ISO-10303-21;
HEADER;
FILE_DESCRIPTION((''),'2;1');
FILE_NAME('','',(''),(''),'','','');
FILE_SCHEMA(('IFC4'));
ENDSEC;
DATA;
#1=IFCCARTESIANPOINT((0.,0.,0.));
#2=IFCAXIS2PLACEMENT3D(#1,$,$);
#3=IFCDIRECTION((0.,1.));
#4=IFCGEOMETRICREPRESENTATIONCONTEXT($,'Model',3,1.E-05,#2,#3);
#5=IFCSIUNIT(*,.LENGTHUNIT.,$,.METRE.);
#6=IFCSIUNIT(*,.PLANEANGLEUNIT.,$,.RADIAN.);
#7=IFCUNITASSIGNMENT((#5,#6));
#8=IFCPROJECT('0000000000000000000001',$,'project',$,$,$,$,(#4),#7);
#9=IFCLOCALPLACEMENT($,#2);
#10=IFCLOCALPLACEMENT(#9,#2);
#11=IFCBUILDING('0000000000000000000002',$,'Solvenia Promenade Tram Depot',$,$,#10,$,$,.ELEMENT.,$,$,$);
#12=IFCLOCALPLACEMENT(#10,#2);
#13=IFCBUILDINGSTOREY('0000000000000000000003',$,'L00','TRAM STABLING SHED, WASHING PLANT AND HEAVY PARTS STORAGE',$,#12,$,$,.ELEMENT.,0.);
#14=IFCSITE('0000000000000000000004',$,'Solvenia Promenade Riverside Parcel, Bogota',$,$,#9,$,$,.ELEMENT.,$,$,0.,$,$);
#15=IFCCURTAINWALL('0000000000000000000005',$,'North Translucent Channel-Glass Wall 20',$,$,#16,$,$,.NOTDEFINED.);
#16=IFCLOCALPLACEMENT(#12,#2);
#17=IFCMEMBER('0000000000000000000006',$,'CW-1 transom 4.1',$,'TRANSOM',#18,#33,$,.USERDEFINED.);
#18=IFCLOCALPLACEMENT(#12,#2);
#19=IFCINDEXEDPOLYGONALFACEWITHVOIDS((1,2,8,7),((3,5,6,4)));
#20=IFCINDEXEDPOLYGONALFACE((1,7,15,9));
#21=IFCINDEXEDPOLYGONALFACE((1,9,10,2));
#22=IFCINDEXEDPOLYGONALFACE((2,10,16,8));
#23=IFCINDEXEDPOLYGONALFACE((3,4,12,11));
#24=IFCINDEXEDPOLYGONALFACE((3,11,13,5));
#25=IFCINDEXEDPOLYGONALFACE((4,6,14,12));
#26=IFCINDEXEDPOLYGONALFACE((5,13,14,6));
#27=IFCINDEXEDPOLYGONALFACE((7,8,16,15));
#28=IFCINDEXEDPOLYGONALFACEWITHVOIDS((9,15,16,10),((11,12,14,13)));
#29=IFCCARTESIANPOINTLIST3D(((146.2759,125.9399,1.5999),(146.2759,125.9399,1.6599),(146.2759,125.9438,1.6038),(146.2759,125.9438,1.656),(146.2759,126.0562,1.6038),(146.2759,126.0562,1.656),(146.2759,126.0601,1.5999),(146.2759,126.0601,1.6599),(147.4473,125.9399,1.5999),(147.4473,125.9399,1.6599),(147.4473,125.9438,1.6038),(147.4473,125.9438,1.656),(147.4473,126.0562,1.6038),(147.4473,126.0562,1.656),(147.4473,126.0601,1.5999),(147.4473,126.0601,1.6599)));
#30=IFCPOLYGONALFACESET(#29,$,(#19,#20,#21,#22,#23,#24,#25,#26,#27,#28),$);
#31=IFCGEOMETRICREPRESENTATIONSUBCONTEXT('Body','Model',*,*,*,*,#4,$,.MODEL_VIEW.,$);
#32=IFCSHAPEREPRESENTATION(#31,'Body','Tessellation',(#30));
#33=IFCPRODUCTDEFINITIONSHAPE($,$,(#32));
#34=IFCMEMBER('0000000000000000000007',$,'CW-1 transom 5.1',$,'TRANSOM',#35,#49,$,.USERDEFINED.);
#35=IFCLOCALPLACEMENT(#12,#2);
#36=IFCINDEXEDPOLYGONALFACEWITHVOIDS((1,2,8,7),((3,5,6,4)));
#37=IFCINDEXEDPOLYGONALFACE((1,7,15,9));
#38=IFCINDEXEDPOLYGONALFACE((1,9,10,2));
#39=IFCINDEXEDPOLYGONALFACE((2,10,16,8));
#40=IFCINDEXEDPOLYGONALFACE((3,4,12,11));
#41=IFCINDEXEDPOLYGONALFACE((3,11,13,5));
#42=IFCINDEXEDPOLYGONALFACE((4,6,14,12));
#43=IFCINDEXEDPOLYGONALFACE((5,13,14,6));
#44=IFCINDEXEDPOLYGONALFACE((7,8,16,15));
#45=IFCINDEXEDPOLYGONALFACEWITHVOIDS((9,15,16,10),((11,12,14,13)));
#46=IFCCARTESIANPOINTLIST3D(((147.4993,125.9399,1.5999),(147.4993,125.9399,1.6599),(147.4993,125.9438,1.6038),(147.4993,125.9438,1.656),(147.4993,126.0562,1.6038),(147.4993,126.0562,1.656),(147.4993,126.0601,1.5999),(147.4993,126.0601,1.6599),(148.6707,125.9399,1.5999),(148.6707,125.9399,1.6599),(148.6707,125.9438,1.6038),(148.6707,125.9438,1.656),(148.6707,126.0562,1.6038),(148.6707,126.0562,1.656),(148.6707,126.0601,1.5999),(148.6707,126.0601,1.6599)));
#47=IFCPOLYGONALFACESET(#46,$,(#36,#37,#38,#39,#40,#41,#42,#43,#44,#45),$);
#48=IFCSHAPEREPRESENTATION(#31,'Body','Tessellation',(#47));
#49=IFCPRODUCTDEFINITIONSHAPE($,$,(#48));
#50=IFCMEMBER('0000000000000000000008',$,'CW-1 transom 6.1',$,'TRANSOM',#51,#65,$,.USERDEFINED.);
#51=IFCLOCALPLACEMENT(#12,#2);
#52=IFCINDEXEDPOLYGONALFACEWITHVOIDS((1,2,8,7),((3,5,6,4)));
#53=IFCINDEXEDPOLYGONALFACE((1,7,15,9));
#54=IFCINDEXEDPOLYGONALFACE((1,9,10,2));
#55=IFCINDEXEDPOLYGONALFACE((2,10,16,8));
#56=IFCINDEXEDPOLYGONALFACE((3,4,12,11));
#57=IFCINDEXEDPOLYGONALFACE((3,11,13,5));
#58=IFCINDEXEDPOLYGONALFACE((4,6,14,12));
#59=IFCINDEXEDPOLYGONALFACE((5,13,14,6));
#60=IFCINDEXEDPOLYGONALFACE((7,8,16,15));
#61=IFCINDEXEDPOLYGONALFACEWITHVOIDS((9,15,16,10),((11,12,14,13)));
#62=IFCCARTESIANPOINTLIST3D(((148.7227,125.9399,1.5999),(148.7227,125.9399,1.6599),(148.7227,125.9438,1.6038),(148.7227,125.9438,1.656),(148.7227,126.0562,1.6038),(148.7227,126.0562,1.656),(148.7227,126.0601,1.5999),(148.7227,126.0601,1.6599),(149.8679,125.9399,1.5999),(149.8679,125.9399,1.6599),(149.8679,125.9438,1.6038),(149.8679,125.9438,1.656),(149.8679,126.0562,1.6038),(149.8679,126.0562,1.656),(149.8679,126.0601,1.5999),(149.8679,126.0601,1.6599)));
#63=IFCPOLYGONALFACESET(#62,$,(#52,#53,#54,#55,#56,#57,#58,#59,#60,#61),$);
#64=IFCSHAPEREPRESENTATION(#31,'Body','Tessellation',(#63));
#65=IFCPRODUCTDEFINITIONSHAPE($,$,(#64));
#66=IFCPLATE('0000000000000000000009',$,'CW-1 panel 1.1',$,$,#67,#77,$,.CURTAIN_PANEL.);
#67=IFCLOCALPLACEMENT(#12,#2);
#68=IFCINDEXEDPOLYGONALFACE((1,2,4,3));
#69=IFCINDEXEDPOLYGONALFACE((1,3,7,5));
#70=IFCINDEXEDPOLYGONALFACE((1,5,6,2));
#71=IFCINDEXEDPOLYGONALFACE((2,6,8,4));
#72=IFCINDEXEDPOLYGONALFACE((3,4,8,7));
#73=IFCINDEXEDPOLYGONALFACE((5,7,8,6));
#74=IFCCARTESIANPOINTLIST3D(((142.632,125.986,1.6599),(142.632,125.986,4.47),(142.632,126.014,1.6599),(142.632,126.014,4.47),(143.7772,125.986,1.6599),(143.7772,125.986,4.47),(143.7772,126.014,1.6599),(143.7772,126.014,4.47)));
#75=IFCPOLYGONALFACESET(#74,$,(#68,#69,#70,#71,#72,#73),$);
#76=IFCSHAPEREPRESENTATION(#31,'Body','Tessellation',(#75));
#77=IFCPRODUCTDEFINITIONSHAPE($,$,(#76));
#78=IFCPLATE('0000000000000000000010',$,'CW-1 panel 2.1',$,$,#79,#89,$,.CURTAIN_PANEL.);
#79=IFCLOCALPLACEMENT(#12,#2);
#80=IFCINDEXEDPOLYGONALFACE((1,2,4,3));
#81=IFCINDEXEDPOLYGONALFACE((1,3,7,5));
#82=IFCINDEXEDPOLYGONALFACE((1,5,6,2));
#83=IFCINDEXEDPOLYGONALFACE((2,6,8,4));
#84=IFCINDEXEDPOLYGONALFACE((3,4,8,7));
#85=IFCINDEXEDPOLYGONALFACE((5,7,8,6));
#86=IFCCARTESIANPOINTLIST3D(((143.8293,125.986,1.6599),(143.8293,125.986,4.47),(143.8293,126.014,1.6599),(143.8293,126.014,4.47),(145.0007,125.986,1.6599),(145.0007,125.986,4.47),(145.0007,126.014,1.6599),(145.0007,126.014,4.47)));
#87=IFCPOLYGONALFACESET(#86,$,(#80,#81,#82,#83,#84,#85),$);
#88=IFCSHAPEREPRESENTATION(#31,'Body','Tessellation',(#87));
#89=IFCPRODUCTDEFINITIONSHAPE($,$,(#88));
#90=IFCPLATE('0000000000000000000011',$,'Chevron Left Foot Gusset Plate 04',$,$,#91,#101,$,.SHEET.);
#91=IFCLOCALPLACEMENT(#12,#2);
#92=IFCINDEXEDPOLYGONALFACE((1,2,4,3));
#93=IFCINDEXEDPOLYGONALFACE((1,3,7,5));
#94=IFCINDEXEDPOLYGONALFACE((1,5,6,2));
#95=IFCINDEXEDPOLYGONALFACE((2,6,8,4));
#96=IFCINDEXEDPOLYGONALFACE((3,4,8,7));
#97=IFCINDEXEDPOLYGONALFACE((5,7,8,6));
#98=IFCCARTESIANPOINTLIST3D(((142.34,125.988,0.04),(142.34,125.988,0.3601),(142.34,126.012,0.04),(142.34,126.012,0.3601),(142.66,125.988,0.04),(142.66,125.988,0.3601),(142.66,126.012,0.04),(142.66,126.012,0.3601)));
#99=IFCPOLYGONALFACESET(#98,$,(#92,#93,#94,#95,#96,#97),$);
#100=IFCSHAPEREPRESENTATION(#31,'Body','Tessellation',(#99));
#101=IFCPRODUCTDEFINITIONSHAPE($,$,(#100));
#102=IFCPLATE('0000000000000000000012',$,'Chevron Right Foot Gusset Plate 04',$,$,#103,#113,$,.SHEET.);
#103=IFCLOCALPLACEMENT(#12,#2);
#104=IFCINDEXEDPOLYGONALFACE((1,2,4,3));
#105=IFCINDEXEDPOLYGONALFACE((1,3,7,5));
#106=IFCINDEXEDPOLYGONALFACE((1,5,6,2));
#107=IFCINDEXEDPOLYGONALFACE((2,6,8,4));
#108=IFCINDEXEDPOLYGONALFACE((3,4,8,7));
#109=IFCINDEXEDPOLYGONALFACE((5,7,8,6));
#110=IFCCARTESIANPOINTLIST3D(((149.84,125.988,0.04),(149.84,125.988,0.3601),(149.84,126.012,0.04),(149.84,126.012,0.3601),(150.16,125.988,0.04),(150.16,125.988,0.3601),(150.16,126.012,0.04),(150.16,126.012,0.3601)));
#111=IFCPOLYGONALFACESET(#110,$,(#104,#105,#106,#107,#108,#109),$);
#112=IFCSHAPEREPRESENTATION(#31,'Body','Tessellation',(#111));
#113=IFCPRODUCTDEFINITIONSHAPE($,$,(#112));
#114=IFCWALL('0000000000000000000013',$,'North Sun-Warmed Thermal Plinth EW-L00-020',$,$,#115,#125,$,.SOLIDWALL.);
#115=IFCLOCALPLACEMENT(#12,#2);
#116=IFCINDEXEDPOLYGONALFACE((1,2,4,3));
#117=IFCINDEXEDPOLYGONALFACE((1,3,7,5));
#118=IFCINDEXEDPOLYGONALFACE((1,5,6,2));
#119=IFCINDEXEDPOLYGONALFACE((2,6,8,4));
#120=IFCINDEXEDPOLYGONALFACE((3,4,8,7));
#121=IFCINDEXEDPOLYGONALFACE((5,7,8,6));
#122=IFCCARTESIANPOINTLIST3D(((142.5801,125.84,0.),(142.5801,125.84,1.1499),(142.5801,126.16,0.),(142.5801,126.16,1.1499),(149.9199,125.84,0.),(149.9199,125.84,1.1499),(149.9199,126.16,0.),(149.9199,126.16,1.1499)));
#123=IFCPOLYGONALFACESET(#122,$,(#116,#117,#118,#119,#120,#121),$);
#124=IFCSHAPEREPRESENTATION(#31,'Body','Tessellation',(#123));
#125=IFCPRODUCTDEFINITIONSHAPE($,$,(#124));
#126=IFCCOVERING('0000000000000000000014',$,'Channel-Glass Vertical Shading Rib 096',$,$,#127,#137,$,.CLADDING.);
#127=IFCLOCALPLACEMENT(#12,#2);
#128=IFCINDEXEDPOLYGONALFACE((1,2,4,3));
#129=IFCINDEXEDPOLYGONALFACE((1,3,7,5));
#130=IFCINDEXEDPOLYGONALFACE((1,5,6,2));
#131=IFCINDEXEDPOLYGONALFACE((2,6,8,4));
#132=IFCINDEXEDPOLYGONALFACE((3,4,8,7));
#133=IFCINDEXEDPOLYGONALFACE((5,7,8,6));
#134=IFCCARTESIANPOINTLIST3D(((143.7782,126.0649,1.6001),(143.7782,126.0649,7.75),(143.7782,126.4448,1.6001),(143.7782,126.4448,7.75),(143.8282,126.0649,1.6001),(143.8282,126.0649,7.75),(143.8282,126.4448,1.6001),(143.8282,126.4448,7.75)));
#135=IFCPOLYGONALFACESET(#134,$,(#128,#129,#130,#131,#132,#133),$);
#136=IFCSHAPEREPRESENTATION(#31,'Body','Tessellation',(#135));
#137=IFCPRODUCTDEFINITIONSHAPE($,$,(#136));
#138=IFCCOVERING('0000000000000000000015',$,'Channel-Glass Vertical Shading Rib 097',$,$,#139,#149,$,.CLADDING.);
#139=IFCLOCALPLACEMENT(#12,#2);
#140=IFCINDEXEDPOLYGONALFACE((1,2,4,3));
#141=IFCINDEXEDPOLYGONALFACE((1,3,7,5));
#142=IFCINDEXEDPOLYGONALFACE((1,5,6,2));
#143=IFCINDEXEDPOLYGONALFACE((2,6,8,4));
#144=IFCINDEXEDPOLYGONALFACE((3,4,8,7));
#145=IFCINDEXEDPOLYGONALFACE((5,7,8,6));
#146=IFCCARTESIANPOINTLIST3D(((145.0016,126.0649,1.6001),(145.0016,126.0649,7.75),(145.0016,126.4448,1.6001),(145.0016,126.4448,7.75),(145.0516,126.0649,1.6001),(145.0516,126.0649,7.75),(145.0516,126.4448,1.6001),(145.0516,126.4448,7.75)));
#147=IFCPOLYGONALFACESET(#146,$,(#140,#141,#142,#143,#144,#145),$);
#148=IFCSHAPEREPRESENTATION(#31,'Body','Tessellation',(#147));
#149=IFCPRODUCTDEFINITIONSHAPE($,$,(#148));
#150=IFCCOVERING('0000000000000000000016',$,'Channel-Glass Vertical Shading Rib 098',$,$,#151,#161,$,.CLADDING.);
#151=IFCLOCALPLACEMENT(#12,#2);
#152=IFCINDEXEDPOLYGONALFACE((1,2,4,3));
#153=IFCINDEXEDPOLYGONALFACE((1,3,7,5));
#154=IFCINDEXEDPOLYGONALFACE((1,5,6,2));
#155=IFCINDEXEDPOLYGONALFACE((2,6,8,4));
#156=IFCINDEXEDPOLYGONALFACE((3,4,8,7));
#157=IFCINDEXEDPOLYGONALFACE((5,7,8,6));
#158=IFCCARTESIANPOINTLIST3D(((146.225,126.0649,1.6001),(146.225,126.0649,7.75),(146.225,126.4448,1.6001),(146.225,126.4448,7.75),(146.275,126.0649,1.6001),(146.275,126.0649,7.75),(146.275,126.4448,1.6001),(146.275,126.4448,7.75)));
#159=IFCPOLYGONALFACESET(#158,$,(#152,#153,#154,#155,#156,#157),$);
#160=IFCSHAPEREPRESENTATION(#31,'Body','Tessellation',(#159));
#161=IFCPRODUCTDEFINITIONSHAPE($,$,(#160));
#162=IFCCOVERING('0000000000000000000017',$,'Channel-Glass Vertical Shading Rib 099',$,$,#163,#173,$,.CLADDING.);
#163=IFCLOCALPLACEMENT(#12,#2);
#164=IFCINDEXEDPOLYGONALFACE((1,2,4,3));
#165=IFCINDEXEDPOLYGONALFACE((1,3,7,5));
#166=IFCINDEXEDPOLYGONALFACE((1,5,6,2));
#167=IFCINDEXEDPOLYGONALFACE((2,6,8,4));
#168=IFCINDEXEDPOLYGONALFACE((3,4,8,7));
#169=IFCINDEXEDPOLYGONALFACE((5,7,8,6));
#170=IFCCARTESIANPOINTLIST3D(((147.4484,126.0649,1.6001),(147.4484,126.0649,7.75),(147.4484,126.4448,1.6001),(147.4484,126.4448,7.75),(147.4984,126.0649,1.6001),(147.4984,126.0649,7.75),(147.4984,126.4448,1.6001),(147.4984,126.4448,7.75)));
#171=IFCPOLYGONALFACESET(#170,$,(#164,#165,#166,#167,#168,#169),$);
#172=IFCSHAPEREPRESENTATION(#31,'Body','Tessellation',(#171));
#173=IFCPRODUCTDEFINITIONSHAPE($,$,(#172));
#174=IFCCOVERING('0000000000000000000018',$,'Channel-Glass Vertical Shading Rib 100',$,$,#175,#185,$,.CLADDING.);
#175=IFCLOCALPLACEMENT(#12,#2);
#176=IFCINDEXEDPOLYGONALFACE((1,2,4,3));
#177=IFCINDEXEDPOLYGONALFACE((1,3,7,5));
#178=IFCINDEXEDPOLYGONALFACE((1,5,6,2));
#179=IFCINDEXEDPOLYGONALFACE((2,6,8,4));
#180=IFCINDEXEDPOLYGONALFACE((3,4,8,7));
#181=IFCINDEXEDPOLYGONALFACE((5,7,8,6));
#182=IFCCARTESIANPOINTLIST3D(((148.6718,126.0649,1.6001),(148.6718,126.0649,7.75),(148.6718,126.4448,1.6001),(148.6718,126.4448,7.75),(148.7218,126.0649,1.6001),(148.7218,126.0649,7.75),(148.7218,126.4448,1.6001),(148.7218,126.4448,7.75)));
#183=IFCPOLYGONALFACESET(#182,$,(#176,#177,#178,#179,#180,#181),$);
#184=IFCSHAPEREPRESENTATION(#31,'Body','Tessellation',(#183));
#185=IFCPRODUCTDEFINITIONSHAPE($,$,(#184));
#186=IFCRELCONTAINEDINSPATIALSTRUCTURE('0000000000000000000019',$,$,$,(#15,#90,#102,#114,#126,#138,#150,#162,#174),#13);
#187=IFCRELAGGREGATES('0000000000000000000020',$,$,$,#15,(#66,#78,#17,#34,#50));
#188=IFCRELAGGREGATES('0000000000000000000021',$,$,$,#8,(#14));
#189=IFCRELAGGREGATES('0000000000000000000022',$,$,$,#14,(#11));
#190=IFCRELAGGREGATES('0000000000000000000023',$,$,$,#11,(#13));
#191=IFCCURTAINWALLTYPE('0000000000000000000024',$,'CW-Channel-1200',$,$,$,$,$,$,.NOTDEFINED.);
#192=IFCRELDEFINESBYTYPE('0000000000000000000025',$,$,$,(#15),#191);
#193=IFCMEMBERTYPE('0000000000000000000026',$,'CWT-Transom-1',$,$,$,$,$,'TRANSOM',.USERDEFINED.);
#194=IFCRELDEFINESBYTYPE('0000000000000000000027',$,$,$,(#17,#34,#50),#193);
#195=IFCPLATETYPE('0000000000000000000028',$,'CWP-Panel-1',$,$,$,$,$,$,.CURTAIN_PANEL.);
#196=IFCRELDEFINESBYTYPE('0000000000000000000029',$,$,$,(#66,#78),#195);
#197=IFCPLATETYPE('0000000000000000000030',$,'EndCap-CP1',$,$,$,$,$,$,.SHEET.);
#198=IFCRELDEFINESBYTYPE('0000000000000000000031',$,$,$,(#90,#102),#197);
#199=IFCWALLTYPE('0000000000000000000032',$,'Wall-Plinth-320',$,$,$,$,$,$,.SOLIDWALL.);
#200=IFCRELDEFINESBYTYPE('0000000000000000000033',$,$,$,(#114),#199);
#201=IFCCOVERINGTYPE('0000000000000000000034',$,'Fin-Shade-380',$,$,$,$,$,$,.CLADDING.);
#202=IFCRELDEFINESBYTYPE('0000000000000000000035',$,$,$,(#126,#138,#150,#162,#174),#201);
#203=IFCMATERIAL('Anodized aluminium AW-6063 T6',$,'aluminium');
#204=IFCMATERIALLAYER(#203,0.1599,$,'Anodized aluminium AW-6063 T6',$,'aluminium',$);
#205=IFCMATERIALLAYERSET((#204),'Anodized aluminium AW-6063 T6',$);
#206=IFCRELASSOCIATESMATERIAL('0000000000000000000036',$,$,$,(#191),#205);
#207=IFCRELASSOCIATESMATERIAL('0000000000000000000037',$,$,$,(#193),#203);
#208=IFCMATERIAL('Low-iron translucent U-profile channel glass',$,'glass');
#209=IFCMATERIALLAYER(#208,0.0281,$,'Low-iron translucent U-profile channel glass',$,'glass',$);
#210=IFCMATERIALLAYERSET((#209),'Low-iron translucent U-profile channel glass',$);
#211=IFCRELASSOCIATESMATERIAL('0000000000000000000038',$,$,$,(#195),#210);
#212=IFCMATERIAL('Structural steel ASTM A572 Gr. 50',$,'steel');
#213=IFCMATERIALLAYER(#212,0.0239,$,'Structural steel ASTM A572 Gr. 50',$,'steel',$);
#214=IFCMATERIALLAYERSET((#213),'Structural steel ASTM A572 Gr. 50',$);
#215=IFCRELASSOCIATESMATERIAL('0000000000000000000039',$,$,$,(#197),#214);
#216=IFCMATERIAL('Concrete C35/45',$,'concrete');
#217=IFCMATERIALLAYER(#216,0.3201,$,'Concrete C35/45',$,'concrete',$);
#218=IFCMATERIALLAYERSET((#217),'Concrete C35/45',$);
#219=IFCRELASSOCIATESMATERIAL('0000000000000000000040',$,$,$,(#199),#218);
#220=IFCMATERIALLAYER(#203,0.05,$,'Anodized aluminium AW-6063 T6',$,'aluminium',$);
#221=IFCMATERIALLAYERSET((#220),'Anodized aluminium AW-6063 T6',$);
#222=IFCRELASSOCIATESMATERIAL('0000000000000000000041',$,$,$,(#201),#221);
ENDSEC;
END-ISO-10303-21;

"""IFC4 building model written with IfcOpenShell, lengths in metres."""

from ifc_helpers import new_model, si_unit, direction, frame, frame_2d, origin, origin_2d, place, context, subcontext, project, spatial, rectangle, hollow_rectangle, extrude, material, layer, layer_set, material_profile, profile_set, type_object, element, aggregate, save


model = new_model("IFC4")

# Units and contexts
model_context = context("Model", 3, precision=1e-05, world=origin(), true_north=direction((0.0, 1.0)))
body_context = subcontext(model_context, "Body", "Model", "MODEL_VIEW")
ifc_project = project(units=[si_unit("LENGTHUNIT", "METRE"), si_unit("PLANEANGLEUNIT", "RADIAN")], contexts=[model_context])

# Site, building, storey
site_placement = place(None, origin())
site = spatial("IfcSite", under=ifc_project, at=site_placement, Name="Solvenia Promenade Riverside Parcel, Bogota", CompositionType="ELEMENT", RefElevation=0.0)
building_placement = place(site_placement, origin())
building = spatial("IfcBuilding", under=site, at=building_placement, Name="Solvenia Promenade Tram Depot", CompositionType="ELEMENT")
storey_placement = place(building_placement, origin())
storey = spatial("IfcBuildingStorey", under=building, at=storey_placement, Name="L00", Description="TRAM STABLING SHED, WASHING PLANT AND HEAVY PARTS STORAGE", CompositionType="ELEMENT", Elevation=0.0)

# Shared definitions
ifc_material_1 = material(Name="Anodized aluminium AW-6063 T6", Category="aluminium")
ifc_layer_1 = layer(ifc_material_1, 0.1599, Name="Anodized aluminium AW-6063 T6", Category="aluminium")
ifc_layer_set_1 = layer_set([ifc_layer_1], Name="Anodized aluminium AW-6063 T6")
curtain_wall_type = type_object("IfcCurtainWallType", Name="CW-Channel-1200", PredefinedType="NOTDEFINED", material=ifc_layer_set_1)

# Curtain wall, members, plates
curtain_wall_1_placement = place(storey_placement, origin())
curtain_wall_1 = element("IfcCurtainWall", 1, at=curtain_wall_1_placement, inside=storey, type_object=curtain_wall_type, Name="North Translucent Channel-Glass Wall 20", PredefinedType="NOTDEFINED")
ifc_material_profile_1 = material_profile(ifc_material_1, hollow_rectangle(XDim=0.1201, YDim=0.0601, WallThickness=0.0039, at=origin_2d()), Name="ALU-T1", Category="aluminium")
ifc_profile_set_1 = profile_set([ifc_material_profile_1], Name="Anodized aluminium AW-6063 T6")
member_type_1 = type_object("IfcMemberType", Name="CWT-Transom-1", ElementType="TRANSOM", PredefinedType="USERDEFINED", material=ifc_profile_set_1)
member_1_placement = place(storey_placement, frame((146.2759, 126.0, 1.6299), z_axis=(1.0, 0.0, 0.0), x_axis=(0.0, 1.0, 0.0)))
member_1 = element("IfcMember", 2, at=member_1_placement, type_object=member_type_1, Name="CW-1 transom 4.1", ObjectType="TRANSOM", PredefinedType="USERDEFINED", context=body_context, shape_type="SweptSolid", body=[
    extrude(hollow_rectangle(XDim=0.1201, YDim=0.0601, WallThickness=0.0039, at=origin_2d()), origin(), (0.0, 0.0, 1.0), 1.1714),
])
member_2_placement = place(storey_placement, frame((147.4993, 126.0, 1.6299), z_axis=(1.0, 0.0, 0.0), x_axis=(0.0, 1.0, 0.0)))
member_2 = element("IfcMember", 3, at=member_2_placement, type_object=member_type_1, Name="CW-1 transom 5.1", ObjectType="TRANSOM", PredefinedType="USERDEFINED", context=body_context, shape_type="SweptSolid", body=[
    extrude(hollow_rectangle(XDim=0.1201, YDim=0.0601, WallThickness=0.0039, at=origin_2d()), origin(), (0.0, 0.0, 1.0), 1.1714),
])
member_3_placement = place(storey_placement, frame((148.7227, 126.0, 1.6299), z_axis=(1.0, 0.0, 0.0), x_axis=(0.0, 1.0, 0.0)))
member_3 = element("IfcMember", 4, at=member_3_placement, type_object=member_type_1, Name="CW-1 transom 6.1", ObjectType="TRANSOM", PredefinedType="USERDEFINED", context=body_context, shape_type="SweptSolid", body=[
    extrude(hollow_rectangle(XDim=0.1201, YDim=0.0601, WallThickness=0.0039, at=origin_2d()), origin(), (0.0, 0.0, 1.0), 1.1453),
])
ifc_material_2 = material(Name="Low-iron translucent U-profile channel glass", Category="glass")
ifc_layer_2 = layer(ifc_material_2, 0.0281, Name="Low-iron translucent U-profile channel glass", Category="glass")
ifc_layer_set_2 = layer_set([ifc_layer_2], Name="Low-iron translucent U-profile channel glass")
plate_type_1 = type_object("IfcPlateType", Name="CWP-Panel-1", PredefinedType="CURTAIN_PANEL", material=ifc_layer_set_2)
plate_1_placement = place(storey_placement, frame((143.2046, 126.0, 1.6599), z_axis=(0.0, 0.0, 1.0), x_axis=(1.0, 0.0, 0.0)))
plate_1 = element("IfcPlate", 5, at=plate_1_placement, type_object=plate_type_1, Name="CW-1 panel 1.1", PredefinedType="CURTAIN_PANEL", context=body_context, shape_type="SweptSolid", body=[
    extrude(rectangle(XDim=1.1453, YDim=0.0281, at=origin_2d()), origin(), (0.0, 0.0, 1.0), 2.8101),
])
plate_2_placement = place(storey_placement, frame((144.415, 126.0, 1.6599), z_axis=(0.0, 0.0, 1.0), x_axis=(1.0, 0.0, 0.0)))
plate_2 = element("IfcPlate", 6, at=plate_2_placement, type_object=plate_type_1, Name="CW-1 panel 2.1", PredefinedType="CURTAIN_PANEL", context=body_context, shape_type="SweptSolid", body=[
    extrude(rectangle(XDim=1.1714, YDim=0.0281, at=origin_2d()), origin(), (0.0, 0.0, 1.0), 2.8101),
])
aggregate(curtain_wall_1, [plate_1, plate_2, member_1, member_2, member_3])

# Plates
ifc_material_3 = material(Name="Structural steel ASTM A572 Gr. 50", Category="steel")
ifc_layer_3 = layer(ifc_material_3, 0.0239, Name="Structural steel ASTM A572 Gr. 50", Category="steel")
ifc_layer_set_3 = layer_set([ifc_layer_3], Name="Structural steel ASTM A572 Gr. 50")
plate_type_2 = type_object("IfcPlateType", Name="EndCap-CP1", PredefinedType="SHEET", material=ifc_layer_set_3)
for number, where, z_axis, x_axis, name in (
    (7, (142.5, 126.0, 0.04), (0.0, 0.0, 1.0), (1.0, 0.0, 0.0), "Chevron Left Foot Gusset Plate 04"),
    (8, (150.0, 126.0, 0.04), (0.0, 0.0, 1.0), (1.0, 0.0, 0.0), "Chevron Right Foot Gusset Plate 04"),
):
    element("IfcPlate", number, at=place(storey_placement, frame(where, z_axis=z_axis, x_axis=x_axis)), inside=storey, type_object=plate_type_2, Name=name, PredefinedType="SHEET", context=body_context, shape_type="SweptSolid", body=[
        extrude(rectangle(XDim=0.3201, YDim=0.0239, at=origin_2d()), origin(), (0.0, 0.0, 1.0), 0.3201),
    ])

# Wall
ifc_material_4 = material(Name="Concrete C35/45", Category="concrete")
ifc_layer_4 = layer(ifc_material_4, 0.3201, Name="Concrete C35/45", Category="concrete")
ifc_layer_set_4 = layer_set([ifc_layer_4], Name="Concrete C35/45")
wall_type = type_object("IfcWallType", Name="Wall-Plinth-320", PredefinedType="SOLIDWALL", material=ifc_layer_set_4)
wall_placement = place(storey_placement, frame((142.5801, 126.0, 0.0), z_axis=(0.0, 0.0, 1.0), x_axis=(1.0, 0.0, 0.0)))
element("IfcWall", 9, at=wall_placement, inside=storey, type_object=wall_type, Name="North Sun-Warmed Thermal Plinth EW-L00-020", PredefinedType="SOLIDWALL", context=body_context, shape_type="SweptSolid", body=[
    extrude(rectangle(XDim=7.3398, YDim=0.3201, at=frame_2d((3.6699, 0.0))), origin(), (0.0, 0.0, 1.0), 1.1499),
])

# Coverings
ifc_layer_5 = layer(ifc_material_1, 0.05, Name="Anodized aluminium AW-6063 T6", Category="aluminium")
ifc_layer_set_5 = layer_set([ifc_layer_5], Name="Anodized aluminium AW-6063 T6")
covering_type = type_object("IfcCoveringType", Name="Fin-Shade-380", PredefinedType="CLADDING", material=ifc_layer_set_5)
for number, where, z_axis, x_axis, name in (
    (10, (143.8032, 126.2549, 1.6001), (0.0, 0.0, 1.0), (1.0, 0.0, 0.0), "Channel-Glass Vertical Shading Rib 096"),
    (11, (145.0266, 126.2549, 1.6001), (0.0, 0.0, 1.0), (1.0, 0.0, 0.0), "Channel-Glass Vertical Shading Rib 097"),
    (12, (146.25, 126.2549, 1.6001), (0.0, 0.0, 1.0), (1.0, 0.0, 0.0), "Channel-Glass Vertical Shading Rib 098"),
    (13, (147.4734, 126.2549, 1.6001), (0.0, 0.0, 1.0), (1.0, 0.0, 0.0), "Channel-Glass Vertical Shading Rib 099"),
    (14, (148.6968, 126.2549, 1.6001), (0.0, 0.0, 1.0), (1.0, 0.0, 0.0), "Channel-Glass Vertical Shading Rib 100"),
):
    element("IfcCovering", number, at=place(storey_placement, frame(where, z_axis=z_axis, x_axis=x_axis)), inside=storey, type_object=covering_type, Name=name, PredefinedType="CLADDING", context=body_context, shape_type="SweptSolid", body=[
        extrude(rectangle(XDim=0.05, YDim=0.3799, at=origin_2d()), origin(), (0.0, 0.0, 1.0), 6.1499),
    ])

save(model, "model.ifc")
